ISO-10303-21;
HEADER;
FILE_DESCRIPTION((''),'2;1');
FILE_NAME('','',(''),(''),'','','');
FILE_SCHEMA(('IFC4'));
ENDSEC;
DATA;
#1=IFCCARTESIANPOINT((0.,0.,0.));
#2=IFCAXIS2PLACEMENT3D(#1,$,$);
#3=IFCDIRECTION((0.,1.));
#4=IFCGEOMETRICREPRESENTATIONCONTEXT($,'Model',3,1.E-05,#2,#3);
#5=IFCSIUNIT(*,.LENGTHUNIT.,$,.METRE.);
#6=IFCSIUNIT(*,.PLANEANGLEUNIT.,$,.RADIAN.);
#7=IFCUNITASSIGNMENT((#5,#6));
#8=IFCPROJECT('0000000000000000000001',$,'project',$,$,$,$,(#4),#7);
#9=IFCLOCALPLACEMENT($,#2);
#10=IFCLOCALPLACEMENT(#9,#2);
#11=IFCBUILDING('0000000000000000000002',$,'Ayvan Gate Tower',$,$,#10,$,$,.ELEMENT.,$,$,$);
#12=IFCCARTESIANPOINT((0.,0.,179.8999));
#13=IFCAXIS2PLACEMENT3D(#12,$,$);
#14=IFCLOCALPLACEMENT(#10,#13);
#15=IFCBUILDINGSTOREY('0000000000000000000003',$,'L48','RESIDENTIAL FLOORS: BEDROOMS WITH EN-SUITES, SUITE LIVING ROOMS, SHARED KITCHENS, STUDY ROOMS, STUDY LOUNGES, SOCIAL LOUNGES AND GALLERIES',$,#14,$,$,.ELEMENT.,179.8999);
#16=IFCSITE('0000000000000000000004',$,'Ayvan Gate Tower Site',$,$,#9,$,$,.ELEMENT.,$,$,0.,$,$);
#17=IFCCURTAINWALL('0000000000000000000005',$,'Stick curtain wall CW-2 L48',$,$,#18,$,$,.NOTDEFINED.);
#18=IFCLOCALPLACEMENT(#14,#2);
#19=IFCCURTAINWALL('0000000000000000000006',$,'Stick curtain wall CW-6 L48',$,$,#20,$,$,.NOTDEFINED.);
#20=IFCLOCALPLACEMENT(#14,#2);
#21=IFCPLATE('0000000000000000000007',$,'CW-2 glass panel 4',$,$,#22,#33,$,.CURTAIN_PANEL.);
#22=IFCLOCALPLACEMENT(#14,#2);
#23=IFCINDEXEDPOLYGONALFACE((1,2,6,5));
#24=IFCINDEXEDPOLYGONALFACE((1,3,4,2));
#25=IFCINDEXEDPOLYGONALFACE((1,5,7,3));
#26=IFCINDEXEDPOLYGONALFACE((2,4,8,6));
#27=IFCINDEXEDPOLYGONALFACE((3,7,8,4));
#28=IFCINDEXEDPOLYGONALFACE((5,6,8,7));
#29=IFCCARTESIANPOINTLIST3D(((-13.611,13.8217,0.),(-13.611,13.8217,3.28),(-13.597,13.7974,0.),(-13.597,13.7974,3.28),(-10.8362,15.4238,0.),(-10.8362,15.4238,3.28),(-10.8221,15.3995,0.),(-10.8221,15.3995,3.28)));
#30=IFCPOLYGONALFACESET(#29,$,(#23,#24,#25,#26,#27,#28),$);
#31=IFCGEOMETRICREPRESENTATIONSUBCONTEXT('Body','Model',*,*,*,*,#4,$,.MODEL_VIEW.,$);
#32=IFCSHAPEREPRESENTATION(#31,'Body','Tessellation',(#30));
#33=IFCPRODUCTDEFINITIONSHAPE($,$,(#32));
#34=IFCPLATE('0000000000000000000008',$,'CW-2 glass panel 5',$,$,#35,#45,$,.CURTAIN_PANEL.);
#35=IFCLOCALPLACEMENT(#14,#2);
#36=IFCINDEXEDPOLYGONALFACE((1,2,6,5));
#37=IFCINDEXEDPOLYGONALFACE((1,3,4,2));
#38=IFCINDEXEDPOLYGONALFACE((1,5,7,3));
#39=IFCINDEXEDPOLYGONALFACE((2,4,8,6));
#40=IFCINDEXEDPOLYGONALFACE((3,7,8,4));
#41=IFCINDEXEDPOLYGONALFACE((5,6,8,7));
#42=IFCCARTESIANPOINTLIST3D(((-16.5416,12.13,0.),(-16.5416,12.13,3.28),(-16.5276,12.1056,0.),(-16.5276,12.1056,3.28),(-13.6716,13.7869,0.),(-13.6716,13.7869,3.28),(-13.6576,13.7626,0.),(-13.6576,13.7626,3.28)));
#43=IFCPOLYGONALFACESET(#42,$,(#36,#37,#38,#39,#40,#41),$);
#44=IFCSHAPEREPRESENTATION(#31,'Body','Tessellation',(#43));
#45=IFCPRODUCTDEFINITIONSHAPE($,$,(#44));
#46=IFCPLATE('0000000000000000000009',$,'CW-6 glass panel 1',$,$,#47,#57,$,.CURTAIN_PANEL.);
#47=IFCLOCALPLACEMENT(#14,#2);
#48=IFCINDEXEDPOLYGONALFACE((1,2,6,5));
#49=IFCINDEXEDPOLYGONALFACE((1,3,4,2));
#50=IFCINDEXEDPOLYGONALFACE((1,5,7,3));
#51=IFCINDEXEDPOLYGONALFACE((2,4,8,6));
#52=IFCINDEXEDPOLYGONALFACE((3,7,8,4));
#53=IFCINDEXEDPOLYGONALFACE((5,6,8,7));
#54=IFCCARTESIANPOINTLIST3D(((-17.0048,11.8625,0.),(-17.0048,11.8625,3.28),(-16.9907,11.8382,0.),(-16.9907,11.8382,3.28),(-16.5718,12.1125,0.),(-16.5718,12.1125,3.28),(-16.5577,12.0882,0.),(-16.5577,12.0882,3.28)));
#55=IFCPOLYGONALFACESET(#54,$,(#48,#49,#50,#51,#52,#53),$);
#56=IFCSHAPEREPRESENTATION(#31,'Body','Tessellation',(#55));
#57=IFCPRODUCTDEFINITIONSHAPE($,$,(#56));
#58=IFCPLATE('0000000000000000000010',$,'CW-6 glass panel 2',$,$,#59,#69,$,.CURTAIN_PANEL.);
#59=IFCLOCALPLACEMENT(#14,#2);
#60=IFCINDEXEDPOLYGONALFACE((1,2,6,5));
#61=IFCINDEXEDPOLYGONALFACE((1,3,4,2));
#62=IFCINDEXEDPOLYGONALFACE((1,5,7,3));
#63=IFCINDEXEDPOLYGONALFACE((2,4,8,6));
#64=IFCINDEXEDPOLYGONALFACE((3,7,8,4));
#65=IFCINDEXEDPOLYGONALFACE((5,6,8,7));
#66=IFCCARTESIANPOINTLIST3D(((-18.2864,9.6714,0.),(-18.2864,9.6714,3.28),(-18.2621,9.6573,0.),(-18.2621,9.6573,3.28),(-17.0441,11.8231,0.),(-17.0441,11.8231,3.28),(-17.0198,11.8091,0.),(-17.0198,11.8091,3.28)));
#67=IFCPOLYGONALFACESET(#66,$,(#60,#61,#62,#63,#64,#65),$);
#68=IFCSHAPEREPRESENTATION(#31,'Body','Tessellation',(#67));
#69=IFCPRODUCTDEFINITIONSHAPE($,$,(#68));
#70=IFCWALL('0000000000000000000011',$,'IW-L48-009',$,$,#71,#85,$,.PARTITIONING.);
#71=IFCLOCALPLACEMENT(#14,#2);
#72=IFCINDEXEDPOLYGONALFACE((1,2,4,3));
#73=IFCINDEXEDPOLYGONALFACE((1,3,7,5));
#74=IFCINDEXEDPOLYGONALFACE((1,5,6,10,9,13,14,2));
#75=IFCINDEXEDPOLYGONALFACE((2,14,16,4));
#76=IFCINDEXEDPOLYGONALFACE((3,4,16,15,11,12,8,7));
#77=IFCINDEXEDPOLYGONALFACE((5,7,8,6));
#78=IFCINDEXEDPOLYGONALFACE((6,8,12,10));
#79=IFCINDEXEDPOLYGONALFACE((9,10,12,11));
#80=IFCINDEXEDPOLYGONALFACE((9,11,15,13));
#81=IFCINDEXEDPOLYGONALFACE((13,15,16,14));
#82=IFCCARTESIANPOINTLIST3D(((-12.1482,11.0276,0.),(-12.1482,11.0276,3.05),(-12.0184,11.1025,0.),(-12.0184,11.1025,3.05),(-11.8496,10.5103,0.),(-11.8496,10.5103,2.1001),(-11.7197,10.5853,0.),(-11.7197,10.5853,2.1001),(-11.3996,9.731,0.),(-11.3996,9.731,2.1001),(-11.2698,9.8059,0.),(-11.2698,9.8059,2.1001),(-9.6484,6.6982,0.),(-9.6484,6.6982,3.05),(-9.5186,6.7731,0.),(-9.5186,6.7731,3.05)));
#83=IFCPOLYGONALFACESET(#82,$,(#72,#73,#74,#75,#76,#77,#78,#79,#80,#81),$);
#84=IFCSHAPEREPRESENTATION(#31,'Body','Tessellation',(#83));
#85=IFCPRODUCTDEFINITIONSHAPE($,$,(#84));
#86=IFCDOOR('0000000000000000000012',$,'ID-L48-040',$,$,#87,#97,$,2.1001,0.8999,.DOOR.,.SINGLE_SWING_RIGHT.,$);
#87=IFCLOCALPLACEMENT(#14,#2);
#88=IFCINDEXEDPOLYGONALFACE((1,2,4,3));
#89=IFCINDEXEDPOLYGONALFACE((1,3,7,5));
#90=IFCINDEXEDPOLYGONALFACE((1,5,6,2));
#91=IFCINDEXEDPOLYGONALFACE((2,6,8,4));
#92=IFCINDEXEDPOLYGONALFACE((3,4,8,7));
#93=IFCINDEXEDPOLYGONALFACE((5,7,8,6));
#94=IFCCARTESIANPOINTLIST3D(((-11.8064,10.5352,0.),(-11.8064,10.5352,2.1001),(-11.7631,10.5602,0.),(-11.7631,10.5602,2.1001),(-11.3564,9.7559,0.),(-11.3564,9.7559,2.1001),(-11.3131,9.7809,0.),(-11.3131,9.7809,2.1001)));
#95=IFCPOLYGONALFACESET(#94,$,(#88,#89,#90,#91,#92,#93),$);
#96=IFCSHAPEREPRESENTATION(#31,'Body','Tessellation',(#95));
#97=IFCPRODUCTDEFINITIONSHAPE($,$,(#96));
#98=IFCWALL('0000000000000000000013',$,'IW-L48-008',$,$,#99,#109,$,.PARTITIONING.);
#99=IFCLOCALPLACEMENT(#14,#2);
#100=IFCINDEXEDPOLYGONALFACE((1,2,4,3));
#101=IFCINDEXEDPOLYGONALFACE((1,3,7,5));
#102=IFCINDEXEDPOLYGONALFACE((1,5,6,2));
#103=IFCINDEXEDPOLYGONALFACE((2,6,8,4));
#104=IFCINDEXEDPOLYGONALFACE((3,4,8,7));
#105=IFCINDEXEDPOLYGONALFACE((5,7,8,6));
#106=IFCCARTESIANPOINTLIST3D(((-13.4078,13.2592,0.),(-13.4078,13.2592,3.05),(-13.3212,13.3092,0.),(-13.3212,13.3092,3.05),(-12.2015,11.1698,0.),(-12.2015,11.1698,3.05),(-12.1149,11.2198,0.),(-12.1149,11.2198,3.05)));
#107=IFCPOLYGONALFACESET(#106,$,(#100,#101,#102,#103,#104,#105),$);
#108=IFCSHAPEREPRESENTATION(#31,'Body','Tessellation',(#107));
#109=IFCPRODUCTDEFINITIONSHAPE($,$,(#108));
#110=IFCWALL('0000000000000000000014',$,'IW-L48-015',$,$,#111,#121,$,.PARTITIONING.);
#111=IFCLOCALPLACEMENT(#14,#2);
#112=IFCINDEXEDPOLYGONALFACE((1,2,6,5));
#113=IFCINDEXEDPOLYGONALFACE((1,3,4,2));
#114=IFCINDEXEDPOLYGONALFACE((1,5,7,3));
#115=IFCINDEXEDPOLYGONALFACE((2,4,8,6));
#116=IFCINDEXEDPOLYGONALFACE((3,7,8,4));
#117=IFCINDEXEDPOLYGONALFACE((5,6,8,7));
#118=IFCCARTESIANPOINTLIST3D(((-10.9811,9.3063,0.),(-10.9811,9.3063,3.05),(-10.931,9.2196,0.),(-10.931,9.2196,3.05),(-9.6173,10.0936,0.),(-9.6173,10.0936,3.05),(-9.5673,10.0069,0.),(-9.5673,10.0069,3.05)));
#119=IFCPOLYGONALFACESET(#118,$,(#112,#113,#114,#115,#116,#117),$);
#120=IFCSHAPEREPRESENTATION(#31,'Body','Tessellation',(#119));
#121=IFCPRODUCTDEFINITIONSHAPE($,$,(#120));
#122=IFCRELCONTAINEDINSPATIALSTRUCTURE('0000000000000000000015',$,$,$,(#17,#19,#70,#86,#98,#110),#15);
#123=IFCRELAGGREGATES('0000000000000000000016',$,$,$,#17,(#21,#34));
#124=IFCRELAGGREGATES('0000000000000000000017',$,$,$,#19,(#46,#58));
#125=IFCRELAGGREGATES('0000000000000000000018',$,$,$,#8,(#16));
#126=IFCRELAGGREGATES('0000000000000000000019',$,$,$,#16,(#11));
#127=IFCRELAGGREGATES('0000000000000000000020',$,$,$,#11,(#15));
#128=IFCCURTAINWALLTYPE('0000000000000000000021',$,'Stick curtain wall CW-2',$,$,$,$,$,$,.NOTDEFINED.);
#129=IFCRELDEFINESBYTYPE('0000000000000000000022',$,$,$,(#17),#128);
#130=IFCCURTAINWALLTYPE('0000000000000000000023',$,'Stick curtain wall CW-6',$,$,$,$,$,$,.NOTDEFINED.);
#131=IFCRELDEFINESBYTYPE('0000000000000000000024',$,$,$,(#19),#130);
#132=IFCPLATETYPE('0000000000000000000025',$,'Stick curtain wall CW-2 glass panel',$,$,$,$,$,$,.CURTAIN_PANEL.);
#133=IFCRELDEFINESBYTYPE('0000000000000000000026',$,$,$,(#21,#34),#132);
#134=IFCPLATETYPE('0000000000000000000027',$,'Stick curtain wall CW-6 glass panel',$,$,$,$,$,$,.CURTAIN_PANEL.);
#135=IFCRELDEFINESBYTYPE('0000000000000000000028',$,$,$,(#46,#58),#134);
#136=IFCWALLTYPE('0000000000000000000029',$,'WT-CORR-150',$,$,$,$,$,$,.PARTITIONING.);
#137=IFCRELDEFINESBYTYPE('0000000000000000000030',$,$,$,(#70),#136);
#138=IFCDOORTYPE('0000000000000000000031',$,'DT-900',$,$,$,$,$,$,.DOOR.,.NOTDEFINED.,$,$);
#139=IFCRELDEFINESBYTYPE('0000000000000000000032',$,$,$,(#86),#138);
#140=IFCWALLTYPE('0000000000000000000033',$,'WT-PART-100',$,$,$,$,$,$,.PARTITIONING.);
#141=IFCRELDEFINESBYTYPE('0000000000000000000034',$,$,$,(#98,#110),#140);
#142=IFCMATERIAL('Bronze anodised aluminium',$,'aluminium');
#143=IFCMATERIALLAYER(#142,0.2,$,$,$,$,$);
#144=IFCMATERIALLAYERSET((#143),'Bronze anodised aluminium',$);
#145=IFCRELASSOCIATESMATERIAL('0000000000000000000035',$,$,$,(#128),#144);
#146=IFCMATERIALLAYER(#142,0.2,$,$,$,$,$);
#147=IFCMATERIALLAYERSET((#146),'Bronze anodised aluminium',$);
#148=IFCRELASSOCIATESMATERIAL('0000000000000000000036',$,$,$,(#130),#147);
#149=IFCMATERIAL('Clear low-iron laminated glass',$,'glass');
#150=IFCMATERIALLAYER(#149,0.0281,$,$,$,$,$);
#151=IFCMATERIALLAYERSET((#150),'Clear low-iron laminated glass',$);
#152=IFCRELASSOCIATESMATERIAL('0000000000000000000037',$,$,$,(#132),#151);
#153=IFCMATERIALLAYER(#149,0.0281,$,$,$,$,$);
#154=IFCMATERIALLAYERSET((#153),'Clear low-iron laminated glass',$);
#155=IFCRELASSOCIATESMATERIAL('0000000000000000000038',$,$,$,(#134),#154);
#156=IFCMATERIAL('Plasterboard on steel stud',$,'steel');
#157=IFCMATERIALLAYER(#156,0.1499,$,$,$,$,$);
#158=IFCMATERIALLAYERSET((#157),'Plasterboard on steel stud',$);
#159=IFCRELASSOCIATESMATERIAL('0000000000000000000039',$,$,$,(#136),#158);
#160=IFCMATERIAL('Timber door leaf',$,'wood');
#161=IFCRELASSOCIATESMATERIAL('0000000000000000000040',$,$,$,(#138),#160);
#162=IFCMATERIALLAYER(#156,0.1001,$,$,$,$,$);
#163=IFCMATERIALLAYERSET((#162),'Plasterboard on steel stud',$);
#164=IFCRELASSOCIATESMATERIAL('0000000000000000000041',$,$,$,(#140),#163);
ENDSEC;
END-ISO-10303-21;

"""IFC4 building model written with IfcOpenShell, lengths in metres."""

from ifc_helpers import new_model, si_unit, direction, frame, frame_2d, origin, origin_2d, place, context, subcontext, project, spatial, rectangle, extrude, material, layer, layer_set, type_object, element, fill, aggregate, save


model = new_model("IFC4")

# Units and contexts
model_context = context("Model", 3, precision=1e-05, world=origin(), true_north=direction((0.0, 1.0)))
body_context = subcontext(model_context, "Body", "Model", "MODEL_VIEW")
ifc_project = project(units=[si_unit("LENGTHUNIT", "METRE"), si_unit("PLANEANGLEUNIT", "RADIAN")], contexts=[model_context])

# Site, building, storey
site_placement = place(None, origin())
site = spatial("IfcSite", under=ifc_project, at=site_placement, Name="Ayvan Gate Tower Site", CompositionType="ELEMENT", RefElevation=0.0)
building_placement = place(site_placement, origin())
building = spatial("IfcBuilding", under=site, at=building_placement, Name="Ayvan Gate Tower", CompositionType="ELEMENT")
storey_placement = place(building_placement, frame((0.0, 0.0, 179.8999)))
storey = spatial("IfcBuildingStorey", under=building, at=storey_placement, Name="L48", Description="RESIDENTIAL FLOORS: BEDROOMS WITH EN-SUITES, SUITE LIVING ROOMS, SHARED KITCHENS, STUDY ROOMS, STUDY LOUNGES, SOCIAL LOUNGES AND GALLERIES", CompositionType="ELEMENT", Elevation=179.8999)

# Curtain walls
ifc_material_1 = material(Name="Bronze anodised aluminium", Category="aluminium")
ifc_layer_1 = layer(ifc_material_1, 0.2)
ifc_layer_set_1 = layer_set([ifc_layer_1], Name="Bronze anodised aluminium")
curtain_wall_type_1 = type_object("IfcCurtainWallType", Name="Stick curtain wall CW-2", PredefinedType="NOTDEFINED", material=ifc_layer_set_1)
curtain_wall_1_placement = place(storey_placement, origin())
curtain_wall_1 = element("IfcCurtainWall", 1, at=curtain_wall_1_placement, inside=storey, type_object=curtain_wall_type_1, Name="Stick curtain wall CW-2 L48", PredefinedType="NOTDEFINED")
ifc_layer_2 = layer(ifc_material_1, 0.2)
ifc_layer_set_2 = layer_set([ifc_layer_2], Name="Bronze anodised aluminium")
curtain_wall_type_2 = type_object("IfcCurtainWallType", Name="Stick curtain wall CW-6", PredefinedType="NOTDEFINED", material=ifc_layer_set_2)
curtain_wall_2_placement = place(storey_placement, origin())
curtain_wall_2 = element("IfcCurtainWall", 2, at=curtain_wall_2_placement, inside=storey, type_object=curtain_wall_type_2, Name="Stick curtain wall CW-6 L48", PredefinedType="NOTDEFINED")

# Plates
ifc_material_2 = material(Name="Clear low-iron laminated glass", Category="glass")
ifc_layer_3 = layer(ifc_material_2, 0.0281)
ifc_layer_set_3 = layer_set([ifc_layer_3], Name="Clear low-iron laminated glass")
plate_type_1 = type_object("IfcPlateType", Name="Stick curtain wall CW-2 glass panel", PredefinedType="CURTAIN_PANEL", material=ifc_layer_set_3)
plate_1_placement = place(storey_placement, frame((-12.2166, 14.6106, 0.0), z_axis=(0.0, 0.0, 1.0), x_axis=(-0.866025, -0.5, 0.0)))
plate_1 = element("IfcPlate", 3, at=plate_1_placement, type_object=plate_type_1, Name="CW-2 glass panel 4", PredefinedType="CURTAIN_PANEL", context=body_context, shape_type="SweptSolid", body=[
    extrude(rectangle(XDim=3.2041, YDim=0.0281, at=origin_2d()), origin(), (0.0, 0.0, 1.0), 3.28),
])
plate_2_placement = place(storey_placement, frame((-15.0996, 12.9463, 0.0), z_axis=(0.0, 0.0, 1.0), x_axis=(-0.866025, -0.5, 0.0)))
plate_2 = element("IfcPlate", 4, at=plate_2_placement, type_object=plate_type_1, Name="CW-2 glass panel 5", PredefinedType="CURTAIN_PANEL", context=body_context, shape_type="SweptSolid", body=[
    extrude(rectangle(XDim=3.314, YDim=0.0281, at=origin_2d()), origin(), (0.0, 0.0, 1.0), 3.28),
])
aggregate(curtain_wall_1, [plate_1, plate_2])
ifc_layer_4 = layer(ifc_material_2, 0.0281)
ifc_layer_set_4 = layer_set([ifc_layer_4], Name="Clear low-iron laminated glass")
plate_type_2 = type_object("IfcPlateType", Name="Stick curtain wall CW-6 glass panel", PredefinedType="CURTAIN_PANEL", material=ifc_layer_set_4)
plate_3_placement = place(storey_placement, frame((-16.7812, 11.9753, 0.0), z_axis=(0.0, 0.0, 1.0), x_axis=(-0.866025, -0.5, 0.0)))
plate_3 = element("IfcPlate", 5, at=plate_3_placement, type_object=plate_type_2, Name="CW-6 glass panel 1", PredefinedType="CURTAIN_PANEL", context=body_context, shape_type="SweptSolid", body=[
    extrude(rectangle(XDim=0.5, YDim=0.0281, at=origin_2d()), origin(), (0.0, 0.0, 1.0), 3.28),
])
plate_4_placement = place(storey_placement, frame((-17.6531, 10.7402, 0.0), z_axis=(0.0, 0.0, 1.0), x_axis=(-0.5, -0.866025, 0.0)))
plate_4 = element("IfcPlate", 6, at=plate_4_placement, type_object=plate_type_2, Name="CW-6 glass panel 2", PredefinedType="CURTAIN_PANEL", context=body_context, shape_type="SweptSolid", body=[
    extrude(rectangle(XDim=2.4846, YDim=0.0281, at=origin_2d()), origin(), (0.0, 0.0, 1.0), 3.28),
])
aggregate(curtain_wall_2, [plate_3, plate_4])

# Wall, opening, door
ifc_material_3 = material(Name="Plasterboard on steel stud", Category="steel")
ifc_layer_5 = layer(ifc_material_3, 0.1499)
ifc_layer_set_5 = layer_set([ifc_layer_5], Name="Plasterboard on steel stud")
wall_type_1 = type_object("IfcWallType", Name="WT-CORR-150", PredefinedType="PARTITIONING", material=ifc_layer_set_5)
wall_1_placement = place(storey_placement, frame((-12.0833, 11.0649, 0.0), z_axis=(0.0, 0.0, 1.0), x_axis=(0.500031, -0.866007, 0.0)))
wall_1 = element("IfcWall", 7, at=wall_1_placement, inside=storey, type_object=wall_type_1, Name="IW-L48-009", PredefinedType="PARTITIONING", context=body_context, shape_type="SweptSolid", body=[
    extrude(rectangle(XDim=4.9993, YDim=0.1499, at=frame_2d((2.4995, 0.0))), origin(), (0.0, 0.0, 1.0), 3.05),
])
opening_placement = place(wall_1_placement, frame((0.5972, 0.0, 0.0)))
opening = element("IfcOpeningElement", 8, at=opening_placement, cuts=wall_1, PredefinedType="OPENING", context=body_context, shape_type="SweptSolid", body=[
    extrude(rectangle(XDim=0.8999, YDim=2.1001, at=frame_2d((0.45, 1.05))), frame((0.0, 0.085, 0.0), z_axis=(0.0, -1.0, 0.0), x_axis=(1.0, 0.0, 0.0)), (0.0, 0.0, 1.0), 0.1699),
])
ifc_material_4 = material(Name="Timber door leaf", Category="wood")
door_type = type_object("IfcDoorType", Name="DT-900", OperationType="NOTDEFINED", PredefinedType="DOOR", material=ifc_material_4)
door_placement = place(opening_placement, origin())
door = element("IfcDoor", 9, at=door_placement, inside=storey, type_object=door_type, Name="ID-L48-040", OperationType="SINGLE_SWING_RIGHT", OverallHeight=2.1001, OverallWidth=0.8999, PredefinedType="DOOR", context=body_context, shape_type="SweptSolid", body=[
    extrude(rectangle(XDim=0.8999, YDim=2.1001, at=frame_2d((0.45, 1.05))), frame((0.0, 0.0249, 0.0), z_axis=(0.0, -1.0, 0.0), x_axis=(1.0, 0.0, 0.0)), (0.0, 0.0, 1.0), 0.05),
])
fill(opening, door)

# Walls
ifc_layer_6 = layer(ifc_material_3, 0.1001)
ifc_layer_set_6 = layer_set([ifc_layer_6], Name="Plasterboard on steel stud")
wall_type_2 = type_object("IfcWallType", Name="WT-PART-100", PredefinedType="PARTITIONING", material=ifc_layer_set_6)
wall_2_placement = place(storey_placement, frame((-13.3645, 13.2842, 0.0), z_axis=(0.0, 0.0, 1.0), x_axis=(0.500003, -0.866024, 0.0)))
element("IfcWall", 10, at=wall_2_placement, inside=storey, type_object=wall_type_2, Name="IW-L48-008", PredefinedType="PARTITIONING", context=body_context, shape_type="SweptSolid", body=[
    extrude(rectangle(XDim=2.4126, YDim=0.1001, at=frame_2d((1.2063, 0.0))), origin(), (0.0, 0.0, 1.0), 3.05),
])
wall_3_placement = place(storey_placement, frame((-9.5923, 10.0503, 0.0), z_axis=(0.0, 0.0, 1.0), x_axis=(-0.866031, -0.499991, 0.0)))
element("IfcWall", 11, at=wall_3_placement, inside=storey, type_object=wall_type_2, Name="IW-L48-015", PredefinedType="PARTITIONING", context=body_context, shape_type="SweptSolid", body=[
    extrude(rectangle(XDim=1.5747, YDim=0.1001, at=frame_2d((0.7874, 0.0))), origin(), (0.0, 0.0, 1.0), 3.05),
])

save(model, "model.ifc")
